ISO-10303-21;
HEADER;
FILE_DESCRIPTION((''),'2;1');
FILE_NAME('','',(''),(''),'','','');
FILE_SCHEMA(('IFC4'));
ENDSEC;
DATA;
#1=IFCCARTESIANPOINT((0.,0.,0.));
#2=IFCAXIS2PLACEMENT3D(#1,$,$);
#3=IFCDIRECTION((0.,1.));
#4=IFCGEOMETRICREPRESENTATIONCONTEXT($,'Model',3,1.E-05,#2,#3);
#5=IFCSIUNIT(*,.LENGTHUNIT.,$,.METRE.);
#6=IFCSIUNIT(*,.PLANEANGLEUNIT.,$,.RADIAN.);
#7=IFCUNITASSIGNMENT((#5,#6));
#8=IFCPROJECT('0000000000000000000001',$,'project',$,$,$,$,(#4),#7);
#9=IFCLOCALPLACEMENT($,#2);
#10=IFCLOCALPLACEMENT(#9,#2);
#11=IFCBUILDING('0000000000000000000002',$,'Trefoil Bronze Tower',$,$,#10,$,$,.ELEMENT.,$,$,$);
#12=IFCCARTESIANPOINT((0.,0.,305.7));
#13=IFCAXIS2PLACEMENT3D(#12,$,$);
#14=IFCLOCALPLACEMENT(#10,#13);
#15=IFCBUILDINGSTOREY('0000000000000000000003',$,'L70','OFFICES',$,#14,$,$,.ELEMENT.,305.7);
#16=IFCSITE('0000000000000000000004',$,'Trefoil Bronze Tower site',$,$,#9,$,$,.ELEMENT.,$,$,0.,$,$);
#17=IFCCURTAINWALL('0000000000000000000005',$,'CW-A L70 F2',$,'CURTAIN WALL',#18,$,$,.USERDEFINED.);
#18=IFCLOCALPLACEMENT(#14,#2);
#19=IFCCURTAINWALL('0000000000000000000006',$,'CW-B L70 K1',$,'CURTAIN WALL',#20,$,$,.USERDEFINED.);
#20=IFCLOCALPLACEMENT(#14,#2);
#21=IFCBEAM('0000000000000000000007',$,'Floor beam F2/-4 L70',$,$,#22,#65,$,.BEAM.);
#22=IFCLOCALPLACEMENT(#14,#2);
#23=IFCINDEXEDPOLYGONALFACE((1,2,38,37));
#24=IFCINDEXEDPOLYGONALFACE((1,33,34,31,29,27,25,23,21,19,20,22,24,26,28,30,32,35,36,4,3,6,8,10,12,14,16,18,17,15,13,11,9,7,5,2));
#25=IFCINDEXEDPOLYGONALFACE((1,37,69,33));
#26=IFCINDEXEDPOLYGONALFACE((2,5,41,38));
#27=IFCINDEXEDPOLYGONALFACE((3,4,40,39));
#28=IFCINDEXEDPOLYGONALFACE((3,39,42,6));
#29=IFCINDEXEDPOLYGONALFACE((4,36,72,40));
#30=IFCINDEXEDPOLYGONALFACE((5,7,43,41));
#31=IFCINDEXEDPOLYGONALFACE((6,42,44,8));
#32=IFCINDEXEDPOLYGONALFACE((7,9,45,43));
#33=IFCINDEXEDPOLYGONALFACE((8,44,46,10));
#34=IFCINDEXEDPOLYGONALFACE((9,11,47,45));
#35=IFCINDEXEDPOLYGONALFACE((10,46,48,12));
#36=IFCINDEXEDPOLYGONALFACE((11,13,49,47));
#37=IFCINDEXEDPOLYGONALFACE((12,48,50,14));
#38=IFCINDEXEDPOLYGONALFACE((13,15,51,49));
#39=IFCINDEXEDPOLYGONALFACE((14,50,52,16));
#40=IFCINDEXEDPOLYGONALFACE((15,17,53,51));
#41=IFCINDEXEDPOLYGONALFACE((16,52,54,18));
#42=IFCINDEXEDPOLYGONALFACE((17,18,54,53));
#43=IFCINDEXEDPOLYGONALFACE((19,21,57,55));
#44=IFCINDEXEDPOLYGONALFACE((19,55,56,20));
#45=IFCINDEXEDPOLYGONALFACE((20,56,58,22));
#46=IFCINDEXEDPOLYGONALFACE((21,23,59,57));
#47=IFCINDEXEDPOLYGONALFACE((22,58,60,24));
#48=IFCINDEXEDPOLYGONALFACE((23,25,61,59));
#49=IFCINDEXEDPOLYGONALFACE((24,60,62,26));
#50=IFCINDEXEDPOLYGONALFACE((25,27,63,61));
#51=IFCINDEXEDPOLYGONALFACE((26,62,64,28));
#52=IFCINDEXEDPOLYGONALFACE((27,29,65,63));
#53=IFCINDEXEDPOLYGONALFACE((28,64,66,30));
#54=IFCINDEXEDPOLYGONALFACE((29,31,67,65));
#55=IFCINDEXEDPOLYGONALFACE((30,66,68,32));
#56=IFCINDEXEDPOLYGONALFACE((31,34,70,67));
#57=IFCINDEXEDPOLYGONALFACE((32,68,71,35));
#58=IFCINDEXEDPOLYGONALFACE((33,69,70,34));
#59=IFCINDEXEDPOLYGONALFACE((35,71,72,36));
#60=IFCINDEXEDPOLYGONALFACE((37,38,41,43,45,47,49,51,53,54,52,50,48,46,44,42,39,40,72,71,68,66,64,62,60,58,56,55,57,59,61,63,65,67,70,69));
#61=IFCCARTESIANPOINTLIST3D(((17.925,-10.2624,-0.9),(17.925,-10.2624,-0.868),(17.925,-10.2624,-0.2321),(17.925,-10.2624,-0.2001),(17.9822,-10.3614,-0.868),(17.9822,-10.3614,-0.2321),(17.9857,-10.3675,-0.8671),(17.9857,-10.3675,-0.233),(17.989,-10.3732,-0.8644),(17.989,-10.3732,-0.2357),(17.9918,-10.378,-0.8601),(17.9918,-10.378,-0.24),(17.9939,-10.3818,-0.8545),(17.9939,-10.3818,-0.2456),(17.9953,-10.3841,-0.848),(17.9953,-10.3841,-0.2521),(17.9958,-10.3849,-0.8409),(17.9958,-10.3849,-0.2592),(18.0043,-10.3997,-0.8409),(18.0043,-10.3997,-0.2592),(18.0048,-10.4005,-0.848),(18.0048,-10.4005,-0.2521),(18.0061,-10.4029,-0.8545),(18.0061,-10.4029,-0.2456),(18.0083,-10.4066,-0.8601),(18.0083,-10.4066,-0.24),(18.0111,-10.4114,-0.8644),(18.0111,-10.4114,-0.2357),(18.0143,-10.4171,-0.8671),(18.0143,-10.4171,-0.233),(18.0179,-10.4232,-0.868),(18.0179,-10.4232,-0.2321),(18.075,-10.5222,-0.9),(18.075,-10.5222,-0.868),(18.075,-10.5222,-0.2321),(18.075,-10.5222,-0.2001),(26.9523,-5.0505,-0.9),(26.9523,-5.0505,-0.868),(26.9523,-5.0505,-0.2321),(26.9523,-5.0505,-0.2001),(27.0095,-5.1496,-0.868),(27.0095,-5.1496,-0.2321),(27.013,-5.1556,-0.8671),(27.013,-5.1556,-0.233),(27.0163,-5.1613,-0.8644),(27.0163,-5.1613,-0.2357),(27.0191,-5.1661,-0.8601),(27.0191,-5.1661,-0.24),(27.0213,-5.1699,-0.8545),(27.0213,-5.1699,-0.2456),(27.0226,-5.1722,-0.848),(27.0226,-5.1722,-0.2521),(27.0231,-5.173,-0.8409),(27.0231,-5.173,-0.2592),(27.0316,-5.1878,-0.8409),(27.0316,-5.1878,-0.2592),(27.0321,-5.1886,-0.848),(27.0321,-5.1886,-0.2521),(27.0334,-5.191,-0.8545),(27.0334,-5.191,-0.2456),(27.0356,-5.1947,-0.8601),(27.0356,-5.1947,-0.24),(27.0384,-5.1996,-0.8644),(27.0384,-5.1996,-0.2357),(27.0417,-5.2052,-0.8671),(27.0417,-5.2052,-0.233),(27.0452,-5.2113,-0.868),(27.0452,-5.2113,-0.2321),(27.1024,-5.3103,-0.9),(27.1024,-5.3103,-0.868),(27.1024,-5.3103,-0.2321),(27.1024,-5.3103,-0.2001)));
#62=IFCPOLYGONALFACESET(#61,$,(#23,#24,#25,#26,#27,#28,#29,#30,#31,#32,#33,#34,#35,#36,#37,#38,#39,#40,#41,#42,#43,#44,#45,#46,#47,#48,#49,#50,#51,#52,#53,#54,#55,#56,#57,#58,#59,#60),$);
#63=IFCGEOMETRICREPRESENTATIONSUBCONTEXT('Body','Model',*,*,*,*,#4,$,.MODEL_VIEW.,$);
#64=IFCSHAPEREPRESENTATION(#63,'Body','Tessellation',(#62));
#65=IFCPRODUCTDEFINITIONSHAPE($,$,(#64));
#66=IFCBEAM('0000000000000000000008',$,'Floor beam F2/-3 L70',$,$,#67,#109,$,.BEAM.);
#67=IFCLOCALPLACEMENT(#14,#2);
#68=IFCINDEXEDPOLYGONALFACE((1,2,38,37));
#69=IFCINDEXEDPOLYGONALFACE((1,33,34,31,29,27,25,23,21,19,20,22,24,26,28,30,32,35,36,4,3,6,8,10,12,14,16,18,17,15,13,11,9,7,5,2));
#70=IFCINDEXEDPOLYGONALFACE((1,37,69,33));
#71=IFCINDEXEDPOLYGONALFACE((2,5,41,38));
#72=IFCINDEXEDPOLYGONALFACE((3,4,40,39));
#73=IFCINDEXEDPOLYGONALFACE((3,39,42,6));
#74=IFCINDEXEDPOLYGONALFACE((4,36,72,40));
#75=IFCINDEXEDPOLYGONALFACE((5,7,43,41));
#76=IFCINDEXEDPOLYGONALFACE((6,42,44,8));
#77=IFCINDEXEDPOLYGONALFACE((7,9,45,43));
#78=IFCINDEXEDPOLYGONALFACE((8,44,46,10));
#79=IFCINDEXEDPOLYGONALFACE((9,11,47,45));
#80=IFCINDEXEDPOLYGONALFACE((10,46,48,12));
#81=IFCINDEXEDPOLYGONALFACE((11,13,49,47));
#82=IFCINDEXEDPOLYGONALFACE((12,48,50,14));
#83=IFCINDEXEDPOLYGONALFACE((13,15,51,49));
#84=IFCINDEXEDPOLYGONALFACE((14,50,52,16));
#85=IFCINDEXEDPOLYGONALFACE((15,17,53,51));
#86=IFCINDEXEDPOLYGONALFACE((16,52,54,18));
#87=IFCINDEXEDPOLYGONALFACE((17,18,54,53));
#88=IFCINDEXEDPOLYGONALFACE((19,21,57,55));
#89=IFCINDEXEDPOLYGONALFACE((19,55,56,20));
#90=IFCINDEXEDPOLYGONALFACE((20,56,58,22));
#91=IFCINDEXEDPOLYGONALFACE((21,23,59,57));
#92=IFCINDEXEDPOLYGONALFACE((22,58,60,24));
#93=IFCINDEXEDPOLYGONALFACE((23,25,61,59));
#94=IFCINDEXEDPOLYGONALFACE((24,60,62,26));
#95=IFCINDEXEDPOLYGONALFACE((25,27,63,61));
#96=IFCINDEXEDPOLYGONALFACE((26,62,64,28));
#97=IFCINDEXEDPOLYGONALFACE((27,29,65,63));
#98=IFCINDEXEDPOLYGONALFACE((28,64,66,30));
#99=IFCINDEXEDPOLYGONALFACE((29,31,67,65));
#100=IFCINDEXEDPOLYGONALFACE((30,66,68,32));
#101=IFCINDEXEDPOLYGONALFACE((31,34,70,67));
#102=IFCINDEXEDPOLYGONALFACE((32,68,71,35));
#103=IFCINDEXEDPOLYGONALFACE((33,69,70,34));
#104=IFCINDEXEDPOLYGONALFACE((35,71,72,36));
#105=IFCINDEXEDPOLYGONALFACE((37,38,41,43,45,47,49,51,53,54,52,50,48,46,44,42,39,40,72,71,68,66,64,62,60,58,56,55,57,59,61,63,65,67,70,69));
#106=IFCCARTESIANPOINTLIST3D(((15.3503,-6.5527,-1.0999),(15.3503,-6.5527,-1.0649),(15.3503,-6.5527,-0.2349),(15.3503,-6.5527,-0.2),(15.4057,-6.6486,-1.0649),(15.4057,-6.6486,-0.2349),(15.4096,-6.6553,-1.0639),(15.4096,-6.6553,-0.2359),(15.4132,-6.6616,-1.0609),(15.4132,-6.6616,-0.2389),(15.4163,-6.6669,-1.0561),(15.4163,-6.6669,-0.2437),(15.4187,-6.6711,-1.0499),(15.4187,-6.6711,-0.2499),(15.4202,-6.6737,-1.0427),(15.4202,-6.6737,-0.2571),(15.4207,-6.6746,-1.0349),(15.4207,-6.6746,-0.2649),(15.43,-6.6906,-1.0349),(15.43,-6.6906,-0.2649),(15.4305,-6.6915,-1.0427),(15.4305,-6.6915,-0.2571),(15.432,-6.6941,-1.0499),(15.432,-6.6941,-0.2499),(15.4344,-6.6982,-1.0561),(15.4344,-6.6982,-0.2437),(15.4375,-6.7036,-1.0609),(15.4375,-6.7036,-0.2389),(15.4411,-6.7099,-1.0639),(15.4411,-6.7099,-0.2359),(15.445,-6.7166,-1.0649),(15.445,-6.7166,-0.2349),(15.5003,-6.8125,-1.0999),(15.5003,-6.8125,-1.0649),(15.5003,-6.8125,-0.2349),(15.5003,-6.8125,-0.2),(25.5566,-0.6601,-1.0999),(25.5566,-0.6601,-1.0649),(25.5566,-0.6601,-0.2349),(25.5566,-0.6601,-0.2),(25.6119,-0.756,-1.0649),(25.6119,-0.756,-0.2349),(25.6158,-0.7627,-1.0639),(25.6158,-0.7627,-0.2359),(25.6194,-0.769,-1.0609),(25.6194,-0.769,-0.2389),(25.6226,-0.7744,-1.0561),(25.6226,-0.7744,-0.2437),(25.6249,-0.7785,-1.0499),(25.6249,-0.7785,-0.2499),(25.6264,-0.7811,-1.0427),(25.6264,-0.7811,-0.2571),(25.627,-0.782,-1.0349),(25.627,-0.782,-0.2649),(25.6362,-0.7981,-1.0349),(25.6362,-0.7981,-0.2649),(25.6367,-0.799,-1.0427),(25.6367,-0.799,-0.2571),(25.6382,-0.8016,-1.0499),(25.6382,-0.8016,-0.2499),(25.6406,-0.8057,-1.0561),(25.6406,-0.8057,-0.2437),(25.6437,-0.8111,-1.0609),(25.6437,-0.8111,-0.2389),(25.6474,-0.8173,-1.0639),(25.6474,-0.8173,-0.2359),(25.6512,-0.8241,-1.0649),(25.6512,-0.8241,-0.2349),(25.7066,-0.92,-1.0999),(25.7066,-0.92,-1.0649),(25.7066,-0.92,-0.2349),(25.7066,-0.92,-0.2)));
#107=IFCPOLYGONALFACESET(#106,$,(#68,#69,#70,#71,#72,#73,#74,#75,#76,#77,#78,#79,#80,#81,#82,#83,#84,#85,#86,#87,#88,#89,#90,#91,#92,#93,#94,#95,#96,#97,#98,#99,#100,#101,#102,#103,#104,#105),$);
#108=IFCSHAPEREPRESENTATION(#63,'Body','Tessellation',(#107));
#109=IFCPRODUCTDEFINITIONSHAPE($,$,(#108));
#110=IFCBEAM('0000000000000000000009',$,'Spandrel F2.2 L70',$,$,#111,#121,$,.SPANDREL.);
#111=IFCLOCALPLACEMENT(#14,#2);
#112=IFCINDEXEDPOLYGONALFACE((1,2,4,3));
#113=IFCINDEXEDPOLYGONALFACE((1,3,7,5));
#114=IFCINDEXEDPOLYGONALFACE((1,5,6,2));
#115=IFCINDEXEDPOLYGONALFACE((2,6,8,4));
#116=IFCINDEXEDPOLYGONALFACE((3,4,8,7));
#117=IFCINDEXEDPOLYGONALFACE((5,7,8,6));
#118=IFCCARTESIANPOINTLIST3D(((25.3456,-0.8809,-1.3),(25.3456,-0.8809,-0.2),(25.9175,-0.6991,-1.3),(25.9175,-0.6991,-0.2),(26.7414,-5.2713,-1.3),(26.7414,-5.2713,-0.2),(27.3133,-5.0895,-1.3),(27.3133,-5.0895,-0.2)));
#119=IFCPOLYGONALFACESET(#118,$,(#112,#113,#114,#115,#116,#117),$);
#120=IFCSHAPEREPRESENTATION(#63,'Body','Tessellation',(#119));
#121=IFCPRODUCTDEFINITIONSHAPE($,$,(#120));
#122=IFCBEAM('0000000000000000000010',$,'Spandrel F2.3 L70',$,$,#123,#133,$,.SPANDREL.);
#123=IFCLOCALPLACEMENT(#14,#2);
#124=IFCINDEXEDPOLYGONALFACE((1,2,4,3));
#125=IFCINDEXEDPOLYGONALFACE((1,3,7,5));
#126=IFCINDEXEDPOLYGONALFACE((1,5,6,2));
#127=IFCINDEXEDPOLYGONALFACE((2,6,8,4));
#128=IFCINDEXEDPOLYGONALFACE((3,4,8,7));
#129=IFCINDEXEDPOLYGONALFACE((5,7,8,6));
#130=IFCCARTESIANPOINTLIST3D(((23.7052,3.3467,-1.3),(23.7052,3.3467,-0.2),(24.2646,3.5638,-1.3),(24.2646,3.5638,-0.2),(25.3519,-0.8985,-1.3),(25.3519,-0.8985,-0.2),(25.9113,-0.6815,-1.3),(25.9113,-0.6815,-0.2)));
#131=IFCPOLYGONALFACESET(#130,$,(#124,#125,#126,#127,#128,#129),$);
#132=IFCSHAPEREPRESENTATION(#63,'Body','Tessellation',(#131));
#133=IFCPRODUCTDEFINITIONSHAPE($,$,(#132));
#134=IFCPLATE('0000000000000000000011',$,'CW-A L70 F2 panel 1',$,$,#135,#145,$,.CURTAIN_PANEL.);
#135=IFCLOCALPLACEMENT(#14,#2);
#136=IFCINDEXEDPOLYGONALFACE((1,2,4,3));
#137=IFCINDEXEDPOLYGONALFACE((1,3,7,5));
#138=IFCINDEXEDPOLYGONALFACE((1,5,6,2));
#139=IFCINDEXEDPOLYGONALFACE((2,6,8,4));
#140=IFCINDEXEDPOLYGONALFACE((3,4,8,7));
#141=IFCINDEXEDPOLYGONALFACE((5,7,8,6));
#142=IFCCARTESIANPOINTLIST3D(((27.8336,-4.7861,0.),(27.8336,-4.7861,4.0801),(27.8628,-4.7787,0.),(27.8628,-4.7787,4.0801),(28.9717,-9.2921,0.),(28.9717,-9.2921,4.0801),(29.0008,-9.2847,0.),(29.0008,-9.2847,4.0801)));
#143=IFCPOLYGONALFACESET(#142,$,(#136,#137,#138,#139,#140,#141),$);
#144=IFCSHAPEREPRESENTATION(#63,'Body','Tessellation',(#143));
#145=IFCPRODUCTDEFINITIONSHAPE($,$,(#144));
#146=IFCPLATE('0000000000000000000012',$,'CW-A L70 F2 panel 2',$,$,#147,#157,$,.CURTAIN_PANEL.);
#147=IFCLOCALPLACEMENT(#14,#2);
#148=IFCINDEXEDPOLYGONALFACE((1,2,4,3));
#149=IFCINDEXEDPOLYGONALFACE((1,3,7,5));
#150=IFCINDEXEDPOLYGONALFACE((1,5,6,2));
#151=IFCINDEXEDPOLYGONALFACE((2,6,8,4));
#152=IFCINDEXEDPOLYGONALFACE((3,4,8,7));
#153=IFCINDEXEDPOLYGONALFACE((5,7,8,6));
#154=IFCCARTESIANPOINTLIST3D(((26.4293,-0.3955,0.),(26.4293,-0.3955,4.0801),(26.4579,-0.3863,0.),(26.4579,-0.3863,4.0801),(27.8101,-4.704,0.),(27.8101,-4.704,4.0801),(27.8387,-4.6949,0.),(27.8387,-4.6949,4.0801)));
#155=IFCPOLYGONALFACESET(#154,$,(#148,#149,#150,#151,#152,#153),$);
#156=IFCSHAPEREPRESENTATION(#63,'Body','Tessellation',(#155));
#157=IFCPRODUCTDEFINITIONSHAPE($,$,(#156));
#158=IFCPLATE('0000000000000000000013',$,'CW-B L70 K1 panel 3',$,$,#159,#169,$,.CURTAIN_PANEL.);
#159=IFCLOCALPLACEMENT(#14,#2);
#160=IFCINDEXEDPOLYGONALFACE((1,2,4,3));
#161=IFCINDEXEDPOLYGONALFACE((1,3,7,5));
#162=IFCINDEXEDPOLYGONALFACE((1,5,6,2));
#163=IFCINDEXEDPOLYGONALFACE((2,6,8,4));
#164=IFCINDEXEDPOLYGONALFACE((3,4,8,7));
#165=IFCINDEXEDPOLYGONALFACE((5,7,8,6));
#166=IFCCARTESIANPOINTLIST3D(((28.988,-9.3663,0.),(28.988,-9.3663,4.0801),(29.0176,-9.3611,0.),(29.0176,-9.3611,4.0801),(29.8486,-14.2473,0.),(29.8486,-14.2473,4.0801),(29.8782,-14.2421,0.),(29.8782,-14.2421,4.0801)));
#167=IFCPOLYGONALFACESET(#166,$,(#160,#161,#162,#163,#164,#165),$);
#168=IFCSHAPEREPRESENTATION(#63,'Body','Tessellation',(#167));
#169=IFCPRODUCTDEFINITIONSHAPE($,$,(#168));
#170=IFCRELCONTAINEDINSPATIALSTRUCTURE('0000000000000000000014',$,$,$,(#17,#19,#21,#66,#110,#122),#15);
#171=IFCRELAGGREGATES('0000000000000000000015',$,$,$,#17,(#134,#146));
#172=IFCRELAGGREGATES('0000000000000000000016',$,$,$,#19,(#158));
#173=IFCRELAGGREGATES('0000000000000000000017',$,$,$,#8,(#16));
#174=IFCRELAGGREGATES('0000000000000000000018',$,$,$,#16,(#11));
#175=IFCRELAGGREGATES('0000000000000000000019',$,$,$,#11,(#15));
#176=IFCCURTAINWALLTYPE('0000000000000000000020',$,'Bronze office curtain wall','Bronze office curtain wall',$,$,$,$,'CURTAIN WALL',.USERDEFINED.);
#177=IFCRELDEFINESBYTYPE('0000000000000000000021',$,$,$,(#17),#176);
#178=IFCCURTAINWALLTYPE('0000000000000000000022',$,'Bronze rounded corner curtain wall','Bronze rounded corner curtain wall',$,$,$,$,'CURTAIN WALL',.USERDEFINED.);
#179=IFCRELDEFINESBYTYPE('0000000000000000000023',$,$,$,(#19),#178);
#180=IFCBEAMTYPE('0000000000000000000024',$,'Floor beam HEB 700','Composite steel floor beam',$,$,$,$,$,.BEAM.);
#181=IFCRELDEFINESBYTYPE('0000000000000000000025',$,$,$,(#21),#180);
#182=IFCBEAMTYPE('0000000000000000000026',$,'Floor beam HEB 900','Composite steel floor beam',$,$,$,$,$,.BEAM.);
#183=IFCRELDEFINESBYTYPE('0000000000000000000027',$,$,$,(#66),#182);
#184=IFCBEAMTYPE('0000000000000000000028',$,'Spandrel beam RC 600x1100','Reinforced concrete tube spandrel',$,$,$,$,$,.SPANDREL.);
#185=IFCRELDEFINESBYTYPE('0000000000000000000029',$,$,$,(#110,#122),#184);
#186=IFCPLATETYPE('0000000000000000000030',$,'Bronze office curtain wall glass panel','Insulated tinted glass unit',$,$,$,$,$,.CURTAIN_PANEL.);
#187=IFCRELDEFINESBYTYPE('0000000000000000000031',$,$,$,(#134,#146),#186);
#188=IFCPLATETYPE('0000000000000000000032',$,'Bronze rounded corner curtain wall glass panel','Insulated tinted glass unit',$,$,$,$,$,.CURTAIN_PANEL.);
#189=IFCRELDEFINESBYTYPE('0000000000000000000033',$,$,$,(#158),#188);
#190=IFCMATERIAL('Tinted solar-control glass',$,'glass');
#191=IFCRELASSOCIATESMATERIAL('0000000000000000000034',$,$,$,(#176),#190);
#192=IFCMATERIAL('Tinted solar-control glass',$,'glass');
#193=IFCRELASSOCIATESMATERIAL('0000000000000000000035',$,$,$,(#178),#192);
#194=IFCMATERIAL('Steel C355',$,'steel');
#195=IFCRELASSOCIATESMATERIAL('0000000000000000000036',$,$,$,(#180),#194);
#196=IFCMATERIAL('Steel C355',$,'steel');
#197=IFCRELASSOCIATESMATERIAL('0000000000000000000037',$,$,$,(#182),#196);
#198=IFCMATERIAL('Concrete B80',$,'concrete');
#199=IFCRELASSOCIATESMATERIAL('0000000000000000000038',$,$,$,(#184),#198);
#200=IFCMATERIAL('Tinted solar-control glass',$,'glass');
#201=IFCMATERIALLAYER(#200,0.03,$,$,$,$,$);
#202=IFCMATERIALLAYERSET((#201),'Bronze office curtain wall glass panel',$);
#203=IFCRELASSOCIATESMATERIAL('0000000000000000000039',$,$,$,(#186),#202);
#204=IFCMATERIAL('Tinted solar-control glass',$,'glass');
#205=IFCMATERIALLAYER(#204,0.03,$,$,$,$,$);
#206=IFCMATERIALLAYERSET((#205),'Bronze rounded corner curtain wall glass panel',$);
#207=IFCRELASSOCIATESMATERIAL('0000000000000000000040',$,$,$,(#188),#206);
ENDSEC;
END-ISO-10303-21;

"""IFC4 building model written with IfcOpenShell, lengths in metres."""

from ifc_helpers import new_model, si_unit, direction, frame, origin, origin_2d, place, context, subcontext, project, spatial, rectangle, i_section, extrude, material, layer, layer_set, material_profile, profile_set, type_object, element, aggregate, save


model = new_model("IFC4")

# Units and contexts
model_context = context("Model", 3, precision=1e-05, world=origin(), true_north=direction((0.0, 1.0)))
body_context = subcontext(model_context, "Body", "Model", "MODEL_VIEW")
ifc_project = project(units=[si_unit("LENGTHUNIT", "METRE"), si_unit("PLANEANGLEUNIT", "RADIAN")], contexts=[model_context])

# Site, building, storey
site_placement = place(None, origin())
site = spatial("IfcSite", under=ifc_project, at=site_placement, Name="Trefoil Bronze Tower site", CompositionType="ELEMENT", RefElevation=0.0)
building_placement = place(site_placement, origin())
building = spatial("IfcBuilding", under=site, at=building_placement, Name="Trefoil Bronze Tower", CompositionType="ELEMENT")
storey_placement = place(building_placement, frame((0.0, 0.0, 305.7)))
storey = spatial("IfcBuildingStorey", under=building, at=storey_placement, Name="L70", Description="OFFICES", CompositionType="ELEMENT", Elevation=305.7)

# Curtain walls
ifc_material_1 = material(Name="Tinted solar-control glass", Category="glass")
curtain_wall_type_1 = type_object("IfcCurtainWallType", Name="Bronze office curtain wall", Description="Bronze office curtain wall", ElementType="CURTAIN WALL", PredefinedType="USERDEFINED", material=ifc_material_1)
curtain_wall_1_placement = place(storey_placement, origin())
curtain_wall_1 = element("IfcCurtainWall", 1, at=curtain_wall_1_placement, inside=storey, type_object=curtain_wall_type_1, Name="CW-A L70 F2", ObjectType="CURTAIN WALL", PredefinedType="USERDEFINED")
ifc_material_2 = material(Name="Tinted solar-control glass", Category="glass")
curtain_wall_type_2 = type_object("IfcCurtainWallType", Name="Bronze rounded corner curtain wall", Description="Bronze rounded corner curtain wall", ElementType="CURTAIN WALL", PredefinedType="USERDEFINED", material=ifc_material_2)
curtain_wall_2_placement = place(storey_placement, origin())
curtain_wall_2 = element("IfcCurtainWall", 2, at=curtain_wall_2_placement, inside=storey, type_object=curtain_wall_type_2, Name="CW-B L70 K1", ObjectType="CURTAIN WALL", PredefinedType="USERDEFINED")

# Beams
ifc_material_3 = material(Name="Steel C355", Category="steel")
ifc_material_profile_1 = material_profile(ifc_material_3, i_section(OverallWidth=0.3, OverallDepth=0.7, WebThickness=0.0171, FlangeThickness=0.032, FilletRadius=0.0271, at=origin_2d()), Name="HEB 700")
ifc_profile_set_1 = profile_set([ifc_material_profile_1], Name="Steel C355")
beam_type_1 = type_object("IfcBeamType", Name="Floor beam HEB 700", Description="Composite steel floor beam", PredefinedType="BEAM", material=ifc_profile_set_1)
beam_1_placement = place(storey_placement, frame((27.0273, -5.1804, -0.55), z_axis=(-0.866026, -0.499998, 0.0), x_axis=(0.499998, -0.866026, 0.0)))
element("IfcBeam", 3, at=beam_1_placement, inside=storey, type_object=beam_type_1, Name="Floor beam F2/-4 L70", PredefinedType="BEAM", context=body_context, shape_type="SweptSolid", body=[
    extrude(i_section(OverallWidth=0.3, OverallDepth=0.7, WebThickness=0.0171, FlangeThickness=0.032, FilletRadius=0.0271, at=origin_2d()), origin(), (0.0, 0.0, 1.0), 10.4238),
])
ifc_material_4 = material(Name="Steel C355", Category="steel")
ifc_material_profile_2 = material_profile(ifc_material_4, i_section(OverallWidth=0.3, OverallDepth=0.8999, WebThickness=0.0186, FlangeThickness=0.0349, FilletRadius=0.03, at=origin_2d()), Name="HEB 900")
ifc_profile_set_2 = profile_set([ifc_material_profile_2], Name="Steel C355")
beam_type_2 = type_object("IfcBeamType", Name="Floor beam HEB 900", Description="Composite steel floor beam", PredefinedType="BEAM", material=ifc_profile_set_2)
beam_2_placement = place(storey_placement, frame((25.6316, -0.79, -0.6499), z_axis=(-0.866027, -0.499998, 0.0), x_axis=(0.499998, -0.866027, 0.0)))
element("IfcBeam", 4, at=beam_2_placement, inside=storey, type_object=beam_type_2, Name="Floor beam F2/-3 L70", PredefinedType="BEAM", context=body_context, shape_type="SweptSolid", body=[
    extrude(i_section(OverallWidth=0.3, OverallDepth=0.8999, WebThickness=0.0186, FlangeThickness=0.0349, FilletRadius=0.03, at=origin_2d()), origin(), (0.0, 0.0, 1.0), 11.7852),
])
ifc_material_5 = material(Name="Concrete B80", Category="concrete")
ifc_material_profile_3 = material_profile(ifc_material_5, rectangle(XDim=0.6001, YDim=1.1001, at=origin_2d()), Name="RC 600x1100")
ifc_profile_set_3 = profile_set([ifc_material_profile_3], Name="Concrete B80")
beam_type_3 = type_object("IfcBeamType", Name="Spandrel beam RC 600x1100", Description="Reinforced concrete tube spandrel", PredefinedType="SPANDREL", material=ifc_profile_set_3)
beam_3_placement = place(storey_placement, frame((27.0273, -5.1804, -0.75), z_axis=(-0.30297, 0.953, 0.0), x_axis=(-0.953, -0.30297, 0.0)))
element("IfcBeam", 5, at=beam_3_placement, inside=storey, type_object=beam_type_3, Name="Spandrel F2.2 L70", PredefinedType="SPANDREL", context=body_context, shape_type="SweptSolid", body=[
    extrude(rectangle(XDim=0.6001, YDim=1.1001, at=origin_2d()), origin(), (0.0, 0.0, 1.0), 4.6069),
])
beam_4_placement = place(storey_placement, frame((25.6316, -0.79, -0.75), z_axis=(-0.361636, 0.932319, 0.0), x_axis=(-0.932319, -0.361636, 0.0)))
element("IfcBeam", 6, at=beam_4_placement, inside=storey, type_object=beam_type_3, Name="Spandrel F2.3 L70", PredefinedType="SPANDREL", context=body_context, shape_type="SweptSolid", body=[
    extrude(rectangle(XDim=0.6001, YDim=1.1001, at=origin_2d()), origin(), (0.0, 0.0, 1.0), 4.5535),
])

# Plates
ifc_material_6 = material(Name="Tinted solar-control glass", Category="glass")
ifc_layer_1 = layer(ifc_material_6, 0.03)
ifc_layer_set_1 = layer_set([ifc_layer_1], Name="Bronze office curtain wall glass panel")
plate_type_1 = type_object("IfcPlateType", Name="Bronze office curtain wall glass panel", Description="Insulated tinted glass unit", PredefinedType="CURTAIN_PANEL", material=ifc_layer_set_1)
plate_1_placement = place(storey_placement, frame((28.4172, -7.0354, 0.0), z_axis=(0.0, 0.0, 1.0), x_axis=(-0.24488, 0.969554, 0.0)))
plate_1 = element("IfcPlate", 7, at=plate_1_placement, type_object=plate_type_1, Name="CW-A L70 F2 panel 1", PredefinedType="CURTAIN_PANEL", context=body_context, shape_type="SweptSolid", body=[
    extrude(rectangle(XDim=4.6475, YDim=0.03, at=origin_2d()), origin(), (0.0, 0.0, 1.0), 4.0801),
])
plate_2_placement = place(storey_placement, frame((27.134, -2.5452, 0.0), z_axis=(0.0, 0.0, 1.0), x_axis=(-0.305188, 0.952292, 0.0)))
plate_2 = element("IfcPlate", 8, at=plate_2_placement, type_object=plate_type_1, Name="CW-A L70 F2 panel 2", PredefinedType="CURTAIN_PANEL", context=body_context, shape_type="SweptSolid", body=[
    extrude(rectangle(XDim=4.5244, YDim=0.03, at=origin_2d()), origin(), (0.0, 0.0, 1.0), 4.0801),
])
aggregate(curtain_wall_1, [plate_1, plate_2])
ifc_material_7 = material(Name="Tinted solar-control glass", Category="glass")
ifc_layer_2 = layer(ifc_material_7, 0.03)
ifc_layer_set_2 = layer_set([ifc_layer_2], Name="Bronze rounded corner curtain wall glass panel")
plate_type_2 = type_object("IfcPlateType", Name="Bronze rounded corner curtain wall glass panel", Description="Insulated tinted glass unit", PredefinedType="CURTAIN_PANEL", material=ifc_layer_set_2)
plate_3_placement = place(storey_placement, frame((29.4331, -11.8042, 0.0), z_axis=(0.0, 0.0, 1.0), x_axis=(-0.173648, 0.984808, 0.0)))
plate_3 = element("IfcPlate", 9, at=plate_3_placement, type_object=plate_type_2, Name="CW-B L70 K1 panel 3", PredefinedType="CURTAIN_PANEL", context=body_context, shape_type="SweptSolid", body=[
    extrude(rectangle(XDim=4.9563, YDim=0.03, at=origin_2d()), origin(), (0.0, 0.0, 1.0), 4.0801),
])
aggregate(curtain_wall_2, [plate_3])

save(model, "model.ifc")
